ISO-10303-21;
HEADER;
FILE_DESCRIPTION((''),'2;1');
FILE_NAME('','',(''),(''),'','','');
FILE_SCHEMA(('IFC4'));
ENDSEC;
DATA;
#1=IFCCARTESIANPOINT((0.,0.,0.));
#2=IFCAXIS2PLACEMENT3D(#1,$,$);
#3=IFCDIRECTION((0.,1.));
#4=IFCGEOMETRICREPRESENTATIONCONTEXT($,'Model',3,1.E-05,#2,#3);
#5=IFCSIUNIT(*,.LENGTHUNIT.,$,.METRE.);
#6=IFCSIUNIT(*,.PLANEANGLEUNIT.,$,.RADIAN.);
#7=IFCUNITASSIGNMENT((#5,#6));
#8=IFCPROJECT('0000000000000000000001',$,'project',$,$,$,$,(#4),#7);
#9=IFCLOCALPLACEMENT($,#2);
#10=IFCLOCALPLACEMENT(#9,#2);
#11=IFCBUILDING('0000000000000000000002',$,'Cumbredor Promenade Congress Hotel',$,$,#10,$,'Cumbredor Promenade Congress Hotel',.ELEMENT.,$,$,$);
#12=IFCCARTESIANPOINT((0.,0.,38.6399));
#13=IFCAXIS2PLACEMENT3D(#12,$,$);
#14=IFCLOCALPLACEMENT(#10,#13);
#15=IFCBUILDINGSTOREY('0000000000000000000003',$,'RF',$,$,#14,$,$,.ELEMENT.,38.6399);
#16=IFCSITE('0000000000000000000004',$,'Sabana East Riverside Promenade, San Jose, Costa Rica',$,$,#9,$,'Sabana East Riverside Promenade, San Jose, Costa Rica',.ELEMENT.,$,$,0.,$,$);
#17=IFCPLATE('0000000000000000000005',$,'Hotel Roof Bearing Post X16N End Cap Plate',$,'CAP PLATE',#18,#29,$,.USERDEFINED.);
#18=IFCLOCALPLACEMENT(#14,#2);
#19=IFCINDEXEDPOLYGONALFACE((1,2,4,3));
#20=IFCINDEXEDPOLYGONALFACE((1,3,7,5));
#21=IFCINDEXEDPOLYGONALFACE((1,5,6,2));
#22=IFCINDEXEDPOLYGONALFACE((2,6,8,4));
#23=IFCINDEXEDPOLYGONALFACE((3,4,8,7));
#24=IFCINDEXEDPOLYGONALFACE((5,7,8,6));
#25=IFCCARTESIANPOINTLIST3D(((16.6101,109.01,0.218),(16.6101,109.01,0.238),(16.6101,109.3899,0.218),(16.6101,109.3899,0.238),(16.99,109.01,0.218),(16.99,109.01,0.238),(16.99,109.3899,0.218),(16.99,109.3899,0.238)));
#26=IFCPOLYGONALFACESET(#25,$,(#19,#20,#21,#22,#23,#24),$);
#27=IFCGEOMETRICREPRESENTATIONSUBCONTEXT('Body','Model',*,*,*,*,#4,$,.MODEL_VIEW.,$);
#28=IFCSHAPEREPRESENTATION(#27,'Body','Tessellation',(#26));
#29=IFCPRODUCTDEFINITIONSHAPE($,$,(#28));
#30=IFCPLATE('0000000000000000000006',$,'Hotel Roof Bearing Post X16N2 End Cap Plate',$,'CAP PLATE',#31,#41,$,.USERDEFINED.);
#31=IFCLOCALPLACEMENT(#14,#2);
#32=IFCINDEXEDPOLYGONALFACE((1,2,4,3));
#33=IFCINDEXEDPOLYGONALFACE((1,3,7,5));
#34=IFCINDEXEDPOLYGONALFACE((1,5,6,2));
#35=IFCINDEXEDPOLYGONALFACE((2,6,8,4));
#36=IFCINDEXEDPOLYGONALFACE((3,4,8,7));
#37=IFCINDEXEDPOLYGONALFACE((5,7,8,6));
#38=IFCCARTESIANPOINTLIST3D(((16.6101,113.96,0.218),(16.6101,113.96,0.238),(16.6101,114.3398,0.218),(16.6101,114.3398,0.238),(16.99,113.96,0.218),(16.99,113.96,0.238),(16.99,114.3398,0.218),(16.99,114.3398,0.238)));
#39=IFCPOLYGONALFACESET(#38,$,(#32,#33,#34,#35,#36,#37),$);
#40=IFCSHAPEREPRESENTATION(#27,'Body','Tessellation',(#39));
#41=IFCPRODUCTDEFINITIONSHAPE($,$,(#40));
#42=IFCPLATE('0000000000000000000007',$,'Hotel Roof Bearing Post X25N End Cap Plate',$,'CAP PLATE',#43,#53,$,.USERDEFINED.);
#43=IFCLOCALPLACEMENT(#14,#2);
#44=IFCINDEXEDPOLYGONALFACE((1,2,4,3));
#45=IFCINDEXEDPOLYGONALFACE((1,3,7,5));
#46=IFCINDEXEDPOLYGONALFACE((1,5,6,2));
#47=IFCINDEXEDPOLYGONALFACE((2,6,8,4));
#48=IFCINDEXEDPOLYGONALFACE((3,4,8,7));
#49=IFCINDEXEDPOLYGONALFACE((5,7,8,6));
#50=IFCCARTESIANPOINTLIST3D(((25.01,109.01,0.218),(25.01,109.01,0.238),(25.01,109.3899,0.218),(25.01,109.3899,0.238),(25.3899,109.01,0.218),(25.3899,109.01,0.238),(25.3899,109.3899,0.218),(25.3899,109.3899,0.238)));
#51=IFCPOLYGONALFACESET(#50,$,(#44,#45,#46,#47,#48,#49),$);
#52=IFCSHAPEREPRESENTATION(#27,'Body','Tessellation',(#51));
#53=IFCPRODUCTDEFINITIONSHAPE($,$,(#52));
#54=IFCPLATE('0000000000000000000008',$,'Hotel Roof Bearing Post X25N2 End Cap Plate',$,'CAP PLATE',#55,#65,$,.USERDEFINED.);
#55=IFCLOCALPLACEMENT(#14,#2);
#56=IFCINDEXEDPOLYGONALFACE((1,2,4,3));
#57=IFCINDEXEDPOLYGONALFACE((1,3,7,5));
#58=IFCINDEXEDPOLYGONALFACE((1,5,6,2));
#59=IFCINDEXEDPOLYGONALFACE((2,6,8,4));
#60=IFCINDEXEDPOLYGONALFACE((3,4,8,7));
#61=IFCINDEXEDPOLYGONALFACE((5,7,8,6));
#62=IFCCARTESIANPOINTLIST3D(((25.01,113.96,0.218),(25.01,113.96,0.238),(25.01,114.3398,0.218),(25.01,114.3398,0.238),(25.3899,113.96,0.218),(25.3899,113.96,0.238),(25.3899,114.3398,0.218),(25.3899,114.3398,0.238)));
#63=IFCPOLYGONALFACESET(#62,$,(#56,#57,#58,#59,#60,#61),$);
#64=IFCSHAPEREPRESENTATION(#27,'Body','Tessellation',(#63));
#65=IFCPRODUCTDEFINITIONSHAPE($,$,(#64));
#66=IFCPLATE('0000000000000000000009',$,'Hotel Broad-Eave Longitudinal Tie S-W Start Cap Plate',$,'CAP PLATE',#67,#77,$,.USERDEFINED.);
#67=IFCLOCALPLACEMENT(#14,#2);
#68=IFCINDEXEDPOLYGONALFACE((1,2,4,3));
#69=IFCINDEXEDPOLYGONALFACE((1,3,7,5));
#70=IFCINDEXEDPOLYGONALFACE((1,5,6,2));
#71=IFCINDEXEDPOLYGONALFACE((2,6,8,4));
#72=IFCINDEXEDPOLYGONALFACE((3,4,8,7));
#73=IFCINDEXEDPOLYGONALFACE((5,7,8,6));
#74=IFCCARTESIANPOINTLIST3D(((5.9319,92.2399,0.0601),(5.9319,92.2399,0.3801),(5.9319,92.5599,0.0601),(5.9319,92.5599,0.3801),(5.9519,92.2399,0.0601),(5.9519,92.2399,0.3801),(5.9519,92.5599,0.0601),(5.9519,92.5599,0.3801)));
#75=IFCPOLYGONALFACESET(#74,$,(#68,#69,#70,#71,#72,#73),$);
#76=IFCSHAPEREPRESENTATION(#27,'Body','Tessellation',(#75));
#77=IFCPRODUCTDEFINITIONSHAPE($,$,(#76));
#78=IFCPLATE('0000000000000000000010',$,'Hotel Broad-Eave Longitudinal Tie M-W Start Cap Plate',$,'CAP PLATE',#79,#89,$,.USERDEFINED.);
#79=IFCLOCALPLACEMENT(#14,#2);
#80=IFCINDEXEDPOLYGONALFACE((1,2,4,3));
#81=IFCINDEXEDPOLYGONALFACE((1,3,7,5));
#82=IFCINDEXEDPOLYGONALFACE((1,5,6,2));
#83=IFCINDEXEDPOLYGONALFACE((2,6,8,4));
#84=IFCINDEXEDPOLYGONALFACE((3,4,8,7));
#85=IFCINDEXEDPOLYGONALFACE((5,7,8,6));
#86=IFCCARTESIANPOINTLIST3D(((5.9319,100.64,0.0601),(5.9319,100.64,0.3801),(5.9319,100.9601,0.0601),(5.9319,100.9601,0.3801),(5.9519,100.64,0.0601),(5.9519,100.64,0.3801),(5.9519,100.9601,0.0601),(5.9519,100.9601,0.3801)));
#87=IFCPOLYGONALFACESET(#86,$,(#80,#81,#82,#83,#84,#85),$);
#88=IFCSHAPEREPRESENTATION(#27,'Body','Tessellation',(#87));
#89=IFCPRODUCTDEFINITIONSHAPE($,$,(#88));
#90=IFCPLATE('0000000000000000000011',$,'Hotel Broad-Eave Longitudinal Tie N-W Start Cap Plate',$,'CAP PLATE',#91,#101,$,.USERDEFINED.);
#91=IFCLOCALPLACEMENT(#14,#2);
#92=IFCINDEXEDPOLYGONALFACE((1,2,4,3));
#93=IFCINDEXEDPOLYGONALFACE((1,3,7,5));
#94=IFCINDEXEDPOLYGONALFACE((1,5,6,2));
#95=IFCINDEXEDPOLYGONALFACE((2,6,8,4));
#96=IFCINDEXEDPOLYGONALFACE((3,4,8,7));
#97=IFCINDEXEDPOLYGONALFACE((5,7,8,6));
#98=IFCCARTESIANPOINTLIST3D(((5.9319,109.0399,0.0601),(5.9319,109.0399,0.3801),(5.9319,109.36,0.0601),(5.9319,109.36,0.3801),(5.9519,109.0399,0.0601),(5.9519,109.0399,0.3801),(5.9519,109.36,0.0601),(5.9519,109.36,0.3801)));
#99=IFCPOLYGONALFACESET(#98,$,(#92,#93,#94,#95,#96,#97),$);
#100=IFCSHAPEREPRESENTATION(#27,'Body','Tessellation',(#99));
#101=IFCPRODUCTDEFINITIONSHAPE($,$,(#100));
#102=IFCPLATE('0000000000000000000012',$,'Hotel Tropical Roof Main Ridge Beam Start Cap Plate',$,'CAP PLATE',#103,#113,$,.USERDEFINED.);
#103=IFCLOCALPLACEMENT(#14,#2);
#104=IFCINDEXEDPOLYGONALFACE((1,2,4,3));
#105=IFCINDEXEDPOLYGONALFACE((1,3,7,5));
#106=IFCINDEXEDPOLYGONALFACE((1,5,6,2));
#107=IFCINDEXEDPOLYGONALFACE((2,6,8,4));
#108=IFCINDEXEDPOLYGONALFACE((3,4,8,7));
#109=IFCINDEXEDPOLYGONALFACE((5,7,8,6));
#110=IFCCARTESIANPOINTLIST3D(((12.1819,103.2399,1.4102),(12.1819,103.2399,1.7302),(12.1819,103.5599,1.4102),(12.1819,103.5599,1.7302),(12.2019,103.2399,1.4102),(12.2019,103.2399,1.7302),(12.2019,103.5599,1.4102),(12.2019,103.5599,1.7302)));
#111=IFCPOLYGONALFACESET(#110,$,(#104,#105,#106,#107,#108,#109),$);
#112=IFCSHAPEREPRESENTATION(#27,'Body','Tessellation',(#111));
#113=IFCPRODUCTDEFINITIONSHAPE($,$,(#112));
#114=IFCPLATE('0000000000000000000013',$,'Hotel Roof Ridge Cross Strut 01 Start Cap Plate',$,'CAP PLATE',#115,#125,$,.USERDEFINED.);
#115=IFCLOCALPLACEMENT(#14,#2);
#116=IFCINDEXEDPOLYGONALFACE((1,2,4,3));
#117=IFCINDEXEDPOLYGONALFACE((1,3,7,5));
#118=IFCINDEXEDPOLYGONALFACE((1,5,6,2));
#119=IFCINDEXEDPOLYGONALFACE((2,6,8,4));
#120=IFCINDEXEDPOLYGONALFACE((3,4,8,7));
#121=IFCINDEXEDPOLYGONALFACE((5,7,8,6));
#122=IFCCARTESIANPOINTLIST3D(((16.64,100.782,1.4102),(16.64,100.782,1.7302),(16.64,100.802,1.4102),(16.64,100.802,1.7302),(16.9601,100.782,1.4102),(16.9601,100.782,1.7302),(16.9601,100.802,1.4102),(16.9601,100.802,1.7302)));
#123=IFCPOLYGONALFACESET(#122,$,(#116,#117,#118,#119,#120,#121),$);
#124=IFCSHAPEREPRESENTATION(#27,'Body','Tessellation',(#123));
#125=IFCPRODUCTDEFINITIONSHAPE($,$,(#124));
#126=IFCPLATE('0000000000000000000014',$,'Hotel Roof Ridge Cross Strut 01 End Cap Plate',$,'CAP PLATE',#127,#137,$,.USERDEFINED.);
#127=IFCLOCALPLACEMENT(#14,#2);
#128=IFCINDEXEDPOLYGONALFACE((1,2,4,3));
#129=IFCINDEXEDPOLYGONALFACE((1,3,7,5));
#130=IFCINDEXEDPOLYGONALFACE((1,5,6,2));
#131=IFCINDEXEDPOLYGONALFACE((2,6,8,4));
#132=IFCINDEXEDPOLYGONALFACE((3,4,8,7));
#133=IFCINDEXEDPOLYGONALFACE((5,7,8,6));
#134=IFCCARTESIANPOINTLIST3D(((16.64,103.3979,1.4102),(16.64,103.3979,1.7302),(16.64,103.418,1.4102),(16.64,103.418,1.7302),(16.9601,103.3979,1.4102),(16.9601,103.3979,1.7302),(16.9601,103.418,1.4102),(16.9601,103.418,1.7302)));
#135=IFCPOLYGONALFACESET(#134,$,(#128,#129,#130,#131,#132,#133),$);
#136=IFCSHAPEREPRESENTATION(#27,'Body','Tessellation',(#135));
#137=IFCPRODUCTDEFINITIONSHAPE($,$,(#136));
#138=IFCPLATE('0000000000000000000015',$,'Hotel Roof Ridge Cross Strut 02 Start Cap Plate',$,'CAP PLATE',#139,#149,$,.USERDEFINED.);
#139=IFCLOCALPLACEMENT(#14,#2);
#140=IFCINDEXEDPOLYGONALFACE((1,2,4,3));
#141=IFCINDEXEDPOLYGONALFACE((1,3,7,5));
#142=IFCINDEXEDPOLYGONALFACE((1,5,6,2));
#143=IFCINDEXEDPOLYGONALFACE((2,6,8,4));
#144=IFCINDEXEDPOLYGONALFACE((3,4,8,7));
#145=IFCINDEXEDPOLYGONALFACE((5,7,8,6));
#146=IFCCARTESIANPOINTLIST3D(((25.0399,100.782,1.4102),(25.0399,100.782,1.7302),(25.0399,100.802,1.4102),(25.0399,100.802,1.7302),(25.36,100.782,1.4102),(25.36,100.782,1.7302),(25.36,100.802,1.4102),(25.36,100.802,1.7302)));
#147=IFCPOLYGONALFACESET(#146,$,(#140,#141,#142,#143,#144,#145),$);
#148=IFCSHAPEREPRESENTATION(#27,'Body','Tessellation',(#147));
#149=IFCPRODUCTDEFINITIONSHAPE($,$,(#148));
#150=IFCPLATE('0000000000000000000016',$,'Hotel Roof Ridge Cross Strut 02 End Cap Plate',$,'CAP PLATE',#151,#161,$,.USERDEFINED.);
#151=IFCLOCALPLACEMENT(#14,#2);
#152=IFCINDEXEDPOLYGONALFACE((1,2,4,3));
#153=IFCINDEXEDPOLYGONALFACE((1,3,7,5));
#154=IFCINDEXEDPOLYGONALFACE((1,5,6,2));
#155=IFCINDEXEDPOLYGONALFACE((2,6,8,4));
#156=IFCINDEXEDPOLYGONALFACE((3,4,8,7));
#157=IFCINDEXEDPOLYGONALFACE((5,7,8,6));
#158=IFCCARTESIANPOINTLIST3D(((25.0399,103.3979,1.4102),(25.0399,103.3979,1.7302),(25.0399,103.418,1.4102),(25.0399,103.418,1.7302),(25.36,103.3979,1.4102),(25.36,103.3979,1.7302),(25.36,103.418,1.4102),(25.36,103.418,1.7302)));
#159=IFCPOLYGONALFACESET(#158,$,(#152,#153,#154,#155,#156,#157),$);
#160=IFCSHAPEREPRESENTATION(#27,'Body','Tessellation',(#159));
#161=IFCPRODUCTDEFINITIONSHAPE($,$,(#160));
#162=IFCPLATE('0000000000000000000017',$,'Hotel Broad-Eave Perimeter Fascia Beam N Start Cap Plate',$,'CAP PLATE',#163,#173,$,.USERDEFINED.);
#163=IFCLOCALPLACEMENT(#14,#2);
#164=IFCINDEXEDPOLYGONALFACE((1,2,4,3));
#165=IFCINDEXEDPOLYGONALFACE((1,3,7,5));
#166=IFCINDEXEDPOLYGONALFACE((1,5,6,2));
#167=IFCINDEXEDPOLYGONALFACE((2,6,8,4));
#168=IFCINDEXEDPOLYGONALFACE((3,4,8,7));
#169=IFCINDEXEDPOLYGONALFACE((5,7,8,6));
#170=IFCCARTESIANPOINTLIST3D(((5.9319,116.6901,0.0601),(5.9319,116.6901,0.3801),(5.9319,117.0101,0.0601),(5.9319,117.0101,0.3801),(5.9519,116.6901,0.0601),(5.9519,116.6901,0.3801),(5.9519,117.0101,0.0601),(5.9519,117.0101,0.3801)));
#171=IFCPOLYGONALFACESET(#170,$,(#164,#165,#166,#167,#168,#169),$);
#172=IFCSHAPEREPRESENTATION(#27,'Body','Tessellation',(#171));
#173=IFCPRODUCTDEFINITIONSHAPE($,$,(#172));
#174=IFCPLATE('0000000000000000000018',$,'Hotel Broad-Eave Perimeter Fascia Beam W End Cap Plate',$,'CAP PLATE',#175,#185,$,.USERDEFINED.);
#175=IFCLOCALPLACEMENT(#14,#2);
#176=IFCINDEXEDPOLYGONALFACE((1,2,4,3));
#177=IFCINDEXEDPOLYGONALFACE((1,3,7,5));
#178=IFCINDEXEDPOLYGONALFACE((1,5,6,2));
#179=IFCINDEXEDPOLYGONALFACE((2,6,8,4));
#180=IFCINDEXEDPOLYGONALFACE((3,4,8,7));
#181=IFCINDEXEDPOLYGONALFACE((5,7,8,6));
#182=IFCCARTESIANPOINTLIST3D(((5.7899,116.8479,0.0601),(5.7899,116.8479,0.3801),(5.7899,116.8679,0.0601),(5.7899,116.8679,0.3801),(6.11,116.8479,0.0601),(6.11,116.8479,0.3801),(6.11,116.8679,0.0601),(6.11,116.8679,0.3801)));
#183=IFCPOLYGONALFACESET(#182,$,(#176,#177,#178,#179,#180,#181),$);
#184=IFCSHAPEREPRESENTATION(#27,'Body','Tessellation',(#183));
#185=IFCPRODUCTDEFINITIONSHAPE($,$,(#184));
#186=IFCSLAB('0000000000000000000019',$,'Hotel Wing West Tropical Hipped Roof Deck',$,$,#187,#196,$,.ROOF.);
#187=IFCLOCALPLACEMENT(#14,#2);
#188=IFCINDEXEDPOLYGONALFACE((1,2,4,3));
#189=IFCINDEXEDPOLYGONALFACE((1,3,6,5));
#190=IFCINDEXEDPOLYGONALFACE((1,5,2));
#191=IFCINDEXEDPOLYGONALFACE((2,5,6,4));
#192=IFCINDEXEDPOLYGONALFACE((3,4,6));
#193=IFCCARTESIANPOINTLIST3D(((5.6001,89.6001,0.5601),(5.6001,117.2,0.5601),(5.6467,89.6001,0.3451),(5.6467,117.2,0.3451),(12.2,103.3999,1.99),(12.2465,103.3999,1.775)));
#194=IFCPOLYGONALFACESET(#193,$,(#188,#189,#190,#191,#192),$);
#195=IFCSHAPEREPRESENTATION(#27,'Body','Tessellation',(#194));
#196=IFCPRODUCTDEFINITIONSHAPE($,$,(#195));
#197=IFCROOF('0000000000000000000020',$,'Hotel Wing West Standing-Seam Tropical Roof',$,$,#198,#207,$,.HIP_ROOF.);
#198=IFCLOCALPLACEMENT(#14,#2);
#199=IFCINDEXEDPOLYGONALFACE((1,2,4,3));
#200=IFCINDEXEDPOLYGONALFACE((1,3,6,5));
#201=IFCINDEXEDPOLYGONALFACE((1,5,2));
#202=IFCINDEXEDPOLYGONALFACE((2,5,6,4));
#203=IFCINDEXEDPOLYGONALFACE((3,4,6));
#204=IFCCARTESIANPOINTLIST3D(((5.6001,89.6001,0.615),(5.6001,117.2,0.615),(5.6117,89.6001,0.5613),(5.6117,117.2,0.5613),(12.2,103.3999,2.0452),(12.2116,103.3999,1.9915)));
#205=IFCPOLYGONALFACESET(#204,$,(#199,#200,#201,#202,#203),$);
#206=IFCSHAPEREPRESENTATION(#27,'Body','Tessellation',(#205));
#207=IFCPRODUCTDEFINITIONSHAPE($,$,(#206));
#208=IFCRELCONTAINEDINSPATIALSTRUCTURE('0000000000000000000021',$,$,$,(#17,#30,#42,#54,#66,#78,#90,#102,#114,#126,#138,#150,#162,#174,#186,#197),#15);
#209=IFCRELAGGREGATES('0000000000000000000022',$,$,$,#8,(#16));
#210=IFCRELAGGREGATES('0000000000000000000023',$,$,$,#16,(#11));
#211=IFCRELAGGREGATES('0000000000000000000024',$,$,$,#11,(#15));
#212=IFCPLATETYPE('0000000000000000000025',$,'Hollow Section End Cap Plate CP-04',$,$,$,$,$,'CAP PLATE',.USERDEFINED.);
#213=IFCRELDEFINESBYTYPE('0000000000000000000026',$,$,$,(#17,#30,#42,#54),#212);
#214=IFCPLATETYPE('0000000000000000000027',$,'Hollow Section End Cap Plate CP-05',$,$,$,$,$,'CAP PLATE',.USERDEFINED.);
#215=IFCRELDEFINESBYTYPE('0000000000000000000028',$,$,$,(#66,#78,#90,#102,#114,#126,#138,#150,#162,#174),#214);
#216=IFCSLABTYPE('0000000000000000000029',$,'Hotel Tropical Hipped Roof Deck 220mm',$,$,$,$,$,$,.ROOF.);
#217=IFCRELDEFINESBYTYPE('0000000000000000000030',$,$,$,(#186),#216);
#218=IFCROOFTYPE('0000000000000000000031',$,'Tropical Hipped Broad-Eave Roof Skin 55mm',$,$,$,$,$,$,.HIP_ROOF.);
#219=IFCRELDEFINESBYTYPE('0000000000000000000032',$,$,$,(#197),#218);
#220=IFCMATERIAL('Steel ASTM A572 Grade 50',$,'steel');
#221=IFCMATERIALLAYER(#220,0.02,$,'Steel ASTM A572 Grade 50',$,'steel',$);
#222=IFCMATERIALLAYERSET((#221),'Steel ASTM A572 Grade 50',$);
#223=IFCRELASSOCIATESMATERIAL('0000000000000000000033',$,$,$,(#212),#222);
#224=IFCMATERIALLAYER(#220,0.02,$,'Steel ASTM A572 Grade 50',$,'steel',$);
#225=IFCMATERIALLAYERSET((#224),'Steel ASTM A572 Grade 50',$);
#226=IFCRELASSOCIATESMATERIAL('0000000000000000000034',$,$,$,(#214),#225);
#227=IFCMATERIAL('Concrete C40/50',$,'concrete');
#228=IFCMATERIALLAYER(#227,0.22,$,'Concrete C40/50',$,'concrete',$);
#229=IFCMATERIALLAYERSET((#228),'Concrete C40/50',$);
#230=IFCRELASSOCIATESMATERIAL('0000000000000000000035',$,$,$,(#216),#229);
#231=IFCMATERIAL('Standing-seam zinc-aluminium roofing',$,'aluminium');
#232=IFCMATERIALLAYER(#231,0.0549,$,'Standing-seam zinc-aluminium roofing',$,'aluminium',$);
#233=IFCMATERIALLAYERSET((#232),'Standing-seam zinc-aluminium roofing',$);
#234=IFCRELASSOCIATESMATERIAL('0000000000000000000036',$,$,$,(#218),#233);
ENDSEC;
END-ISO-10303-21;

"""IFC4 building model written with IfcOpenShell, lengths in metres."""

from ifc_helpers import new_model, si_unit, direction, frame, origin, origin_2d, place, context, subcontext, project, spatial, polyline, rectangle, outline, extrude, material, layer, layer_set, type_object, element, save


model = new_model("IFC4")

# Units and contexts
model_context = context("Model", 3, precision=1e-05, world=origin(), true_north=direction((0.0, 1.0)))
body_context = subcontext(model_context, "Body", "Model", "MODEL_VIEW")
ifc_project = project(units=[si_unit("LENGTHUNIT", "METRE"), si_unit("PLANEANGLEUNIT", "RADIAN")], contexts=[model_context])

# Site, building, storey
site_placement = place(None, origin())
site = spatial("IfcSite", under=ifc_project, at=site_placement, Name="Sabana East Riverside Promenade, San Jose, Costa Rica", LongName="Sabana East Riverside Promenade, San Jose, Costa Rica", CompositionType="ELEMENT", RefElevation=0.0)
building_placement = place(site_placement, origin())
building = spatial("IfcBuilding", under=site, at=building_placement, Name="Cumbredor Promenade Congress Hotel", LongName="Cumbredor Promenade Congress Hotel", CompositionType="ELEMENT")
storey_placement = place(building_placement, frame((0.0, 0.0, 38.6399)))
storey = spatial("IfcBuildingStorey", under=building, at=storey_placement, Name="RF", CompositionType="ELEMENT", Elevation=38.6399)

# Plates
ifc_material_1 = material(Name="Steel ASTM A572 Grade 50", Category="steel")
ifc_layer_1 = layer(ifc_material_1, 0.02, Name="Steel ASTM A572 Grade 50", Category="steel")
ifc_layer_set_1 = layer_set([ifc_layer_1], Name="Steel ASTM A572 Grade 50")
plate_type_1 = type_object("IfcPlateType", Name="Hollow Section End Cap Plate CP-04", ElementType="CAP PLATE", PredefinedType="USERDEFINED", material=ifc_layer_set_1)
for number, where, z_axis, x_axis, name in (
    (1, (16.8, 109.2, 0.218), (0.0, 0.0, 1.0), (1.0, 0.0, 0.0), "Hotel Roof Bearing Post X16N End Cap Plate"),
    (2, (16.8, 114.1499, 0.218), (0.0, 0.0, 1.0), (1.0, 0.0, 0.0), "Hotel Roof Bearing Post X16N2 End Cap Plate"),
    (3, (25.2, 109.2, 0.218), (0.0, 0.0, 1.0), (1.0, 0.0, 0.0), "Hotel Roof Bearing Post X25N End Cap Plate"),
    (4, (25.2, 114.1499, 0.218), (0.0, 0.0, 1.0), (1.0, 0.0, 0.0), "Hotel Roof Bearing Post X25N2 End Cap Plate"),
):
    element("IfcPlate", number, at=place(storey_placement, frame(where, z_axis=z_axis, x_axis=x_axis)), inside=storey, type_object=plate_type_1, Name=name, ObjectType="CAP PLATE", PredefinedType="USERDEFINED", context=body_context, shape_type="SweptSolid", body=[
        extrude(rectangle(XDim=0.3799, YDim=0.3799, at=origin_2d()), origin(), (0.0, 0.0, 1.0), 0.02),
    ])
ifc_layer_2 = layer(ifc_material_1, 0.02, Name="Steel ASTM A572 Grade 50", Category="steel")
ifc_layer_set_2 = layer_set([ifc_layer_2], Name="Steel ASTM A572 Grade 50")
plate_type_2 = type_object("IfcPlateType", Name="Hollow Section End Cap Plate CP-05", ElementType="CAP PLATE", PredefinedType="USERDEFINED", material=ifc_layer_set_2)
for number, where, z_axis, x_axis, name in (
    (5, (5.9419, 92.3999, 0.0601), (0.0, 0.0, 1.0), (1.0, 0.0, 0.0), "Hotel Broad-Eave Longitudinal Tie S-W Start Cap Plate"),
    (6, (5.9419, 100.8, 0.0601), (0.0, 0.0, 1.0), (1.0, 0.0, 0.0), "Hotel Broad-Eave Longitudinal Tie M-W Start Cap Plate"),
    (7, (5.9419, 109.2, 0.0601), (0.0, 0.0, 1.0), (1.0, 0.0, 0.0), "Hotel Broad-Eave Longitudinal Tie N-W Start Cap Plate"),
    (8, (12.1919, 103.3999, 1.4102), (0.0, 0.0, 1.0), (1.0, 0.0, 0.0), "Hotel Tropical Roof Main Ridge Beam Start Cap Plate"),
    (9, (16.8, 100.792, 1.4102), (0.0, 0.0, 1.0), (0.0, 1.0, 0.0), "Hotel Roof Ridge Cross Strut 01 Start Cap Plate"),
    (10, (16.8, 103.408, 1.4102), (0.0, 0.0, 1.0), (0.0, 1.0, 0.0), "Hotel Roof Ridge Cross Strut 01 End Cap Plate"),
    (11, (25.2, 100.792, 1.4102), (0.0, 0.0, 1.0), (0.0, 1.0, 0.0), "Hotel Roof Ridge Cross Strut 02 Start Cap Plate"),
    (12, (25.2, 103.408, 1.4102), (0.0, 0.0, 1.0), (0.0, 1.0, 0.0), "Hotel Roof Ridge Cross Strut 02 End Cap Plate"),
    (13, (5.9419, 116.8501, 0.0601), (0.0, 0.0, 1.0), (1.0, 0.0, 0.0), "Hotel Broad-Eave Perimeter Fascia Beam N Start Cap Plate"),
    (14, (5.95, 116.8579, 0.0601), (0.0, 0.0, 1.0), (0.0, 1.0, 0.0), "Hotel Broad-Eave Perimeter Fascia Beam W End Cap Plate"),
):
    element("IfcPlate", number, at=place(storey_placement, frame(where, z_axis=z_axis, x_axis=x_axis)), inside=storey, type_object=plate_type_2, Name=name, ObjectType="CAP PLATE", PredefinedType="USERDEFINED", context=body_context, shape_type="SweptSolid", body=[
        extrude(rectangle(XDim=0.02, YDim=0.3201, at=origin_2d()), origin(), (0.0, 0.0, 1.0), 0.3201),
    ])

# Slab
ifc_material_2 = material(Name="Concrete C40/50", Category="concrete")
ifc_layer_3 = layer(ifc_material_2, 0.22, Name="Concrete C40/50", Category="concrete")
ifc_layer_set_3 = layer_set([ifc_layer_3], Name="Concrete C40/50")
slab_type = type_object("IfcSlabType", Name="Hotel Tropical Hipped Roof Deck 220mm", PredefinedType="ROOF", material=ifc_layer_set_3)
slab_placement = place(storey_placement, frame((5.6001, 117.2, 0.5601), z_axis=(-0.211748, 0.0, 0.977324), x_axis=(0.0, -1.0, 0.0)))
element("IfcSlab", 15, at=slab_placement, inside=storey, type_object=slab_type, Name="Hotel Wing West Tropical Hipped Roof Deck", PredefinedType="ROOF", context=body_context, shape_type="SweptSolid", body=[
    extrude(outline(polyline([(0.0, 0.0), (27.5999, 0.0), (13.8, 6.753), (0.0, 0.0)])), origin(), (0.0, 0.0, -1.0), 0.22),
])

# Roof
ifc_material_3 = material(Name="Standing-seam zinc-aluminium roofing", Category="aluminium")
ifc_layer_4 = layer(ifc_material_3, 0.0549, Name="Standing-seam zinc-aluminium roofing", Category="aluminium")
ifc_layer_set_4 = layer_set([ifc_layer_4], Name="Standing-seam zinc-aluminium roofing")
roof_type = type_object("IfcRoofType", Name="Tropical Hipped Broad-Eave Roof Skin 55mm", PredefinedType="HIP_ROOF", material=ifc_layer_set_4)
roof_placement = place(storey_placement, frame((5.6001, 117.2, 0.615), z_axis=(-0.211783, 0.0, 0.977317), x_axis=(0.0, -1.0, 0.0)))
element("IfcRoof", 16, at=roof_placement, inside=storey, type_object=roof_type, Name="Hotel Wing West Standing-Seam Tropical Roof", PredefinedType="HIP_ROOF", context=body_context, shape_type="SweptSolid", body=[
    extrude(outline(polyline([(0.0, 0.0), (27.5999, 0.0), (13.8, 6.753), (0.0, 0.0)])), origin(), (0.0, 0.0, -1.0), 0.0549),
])

save(model, "model.ifc")
